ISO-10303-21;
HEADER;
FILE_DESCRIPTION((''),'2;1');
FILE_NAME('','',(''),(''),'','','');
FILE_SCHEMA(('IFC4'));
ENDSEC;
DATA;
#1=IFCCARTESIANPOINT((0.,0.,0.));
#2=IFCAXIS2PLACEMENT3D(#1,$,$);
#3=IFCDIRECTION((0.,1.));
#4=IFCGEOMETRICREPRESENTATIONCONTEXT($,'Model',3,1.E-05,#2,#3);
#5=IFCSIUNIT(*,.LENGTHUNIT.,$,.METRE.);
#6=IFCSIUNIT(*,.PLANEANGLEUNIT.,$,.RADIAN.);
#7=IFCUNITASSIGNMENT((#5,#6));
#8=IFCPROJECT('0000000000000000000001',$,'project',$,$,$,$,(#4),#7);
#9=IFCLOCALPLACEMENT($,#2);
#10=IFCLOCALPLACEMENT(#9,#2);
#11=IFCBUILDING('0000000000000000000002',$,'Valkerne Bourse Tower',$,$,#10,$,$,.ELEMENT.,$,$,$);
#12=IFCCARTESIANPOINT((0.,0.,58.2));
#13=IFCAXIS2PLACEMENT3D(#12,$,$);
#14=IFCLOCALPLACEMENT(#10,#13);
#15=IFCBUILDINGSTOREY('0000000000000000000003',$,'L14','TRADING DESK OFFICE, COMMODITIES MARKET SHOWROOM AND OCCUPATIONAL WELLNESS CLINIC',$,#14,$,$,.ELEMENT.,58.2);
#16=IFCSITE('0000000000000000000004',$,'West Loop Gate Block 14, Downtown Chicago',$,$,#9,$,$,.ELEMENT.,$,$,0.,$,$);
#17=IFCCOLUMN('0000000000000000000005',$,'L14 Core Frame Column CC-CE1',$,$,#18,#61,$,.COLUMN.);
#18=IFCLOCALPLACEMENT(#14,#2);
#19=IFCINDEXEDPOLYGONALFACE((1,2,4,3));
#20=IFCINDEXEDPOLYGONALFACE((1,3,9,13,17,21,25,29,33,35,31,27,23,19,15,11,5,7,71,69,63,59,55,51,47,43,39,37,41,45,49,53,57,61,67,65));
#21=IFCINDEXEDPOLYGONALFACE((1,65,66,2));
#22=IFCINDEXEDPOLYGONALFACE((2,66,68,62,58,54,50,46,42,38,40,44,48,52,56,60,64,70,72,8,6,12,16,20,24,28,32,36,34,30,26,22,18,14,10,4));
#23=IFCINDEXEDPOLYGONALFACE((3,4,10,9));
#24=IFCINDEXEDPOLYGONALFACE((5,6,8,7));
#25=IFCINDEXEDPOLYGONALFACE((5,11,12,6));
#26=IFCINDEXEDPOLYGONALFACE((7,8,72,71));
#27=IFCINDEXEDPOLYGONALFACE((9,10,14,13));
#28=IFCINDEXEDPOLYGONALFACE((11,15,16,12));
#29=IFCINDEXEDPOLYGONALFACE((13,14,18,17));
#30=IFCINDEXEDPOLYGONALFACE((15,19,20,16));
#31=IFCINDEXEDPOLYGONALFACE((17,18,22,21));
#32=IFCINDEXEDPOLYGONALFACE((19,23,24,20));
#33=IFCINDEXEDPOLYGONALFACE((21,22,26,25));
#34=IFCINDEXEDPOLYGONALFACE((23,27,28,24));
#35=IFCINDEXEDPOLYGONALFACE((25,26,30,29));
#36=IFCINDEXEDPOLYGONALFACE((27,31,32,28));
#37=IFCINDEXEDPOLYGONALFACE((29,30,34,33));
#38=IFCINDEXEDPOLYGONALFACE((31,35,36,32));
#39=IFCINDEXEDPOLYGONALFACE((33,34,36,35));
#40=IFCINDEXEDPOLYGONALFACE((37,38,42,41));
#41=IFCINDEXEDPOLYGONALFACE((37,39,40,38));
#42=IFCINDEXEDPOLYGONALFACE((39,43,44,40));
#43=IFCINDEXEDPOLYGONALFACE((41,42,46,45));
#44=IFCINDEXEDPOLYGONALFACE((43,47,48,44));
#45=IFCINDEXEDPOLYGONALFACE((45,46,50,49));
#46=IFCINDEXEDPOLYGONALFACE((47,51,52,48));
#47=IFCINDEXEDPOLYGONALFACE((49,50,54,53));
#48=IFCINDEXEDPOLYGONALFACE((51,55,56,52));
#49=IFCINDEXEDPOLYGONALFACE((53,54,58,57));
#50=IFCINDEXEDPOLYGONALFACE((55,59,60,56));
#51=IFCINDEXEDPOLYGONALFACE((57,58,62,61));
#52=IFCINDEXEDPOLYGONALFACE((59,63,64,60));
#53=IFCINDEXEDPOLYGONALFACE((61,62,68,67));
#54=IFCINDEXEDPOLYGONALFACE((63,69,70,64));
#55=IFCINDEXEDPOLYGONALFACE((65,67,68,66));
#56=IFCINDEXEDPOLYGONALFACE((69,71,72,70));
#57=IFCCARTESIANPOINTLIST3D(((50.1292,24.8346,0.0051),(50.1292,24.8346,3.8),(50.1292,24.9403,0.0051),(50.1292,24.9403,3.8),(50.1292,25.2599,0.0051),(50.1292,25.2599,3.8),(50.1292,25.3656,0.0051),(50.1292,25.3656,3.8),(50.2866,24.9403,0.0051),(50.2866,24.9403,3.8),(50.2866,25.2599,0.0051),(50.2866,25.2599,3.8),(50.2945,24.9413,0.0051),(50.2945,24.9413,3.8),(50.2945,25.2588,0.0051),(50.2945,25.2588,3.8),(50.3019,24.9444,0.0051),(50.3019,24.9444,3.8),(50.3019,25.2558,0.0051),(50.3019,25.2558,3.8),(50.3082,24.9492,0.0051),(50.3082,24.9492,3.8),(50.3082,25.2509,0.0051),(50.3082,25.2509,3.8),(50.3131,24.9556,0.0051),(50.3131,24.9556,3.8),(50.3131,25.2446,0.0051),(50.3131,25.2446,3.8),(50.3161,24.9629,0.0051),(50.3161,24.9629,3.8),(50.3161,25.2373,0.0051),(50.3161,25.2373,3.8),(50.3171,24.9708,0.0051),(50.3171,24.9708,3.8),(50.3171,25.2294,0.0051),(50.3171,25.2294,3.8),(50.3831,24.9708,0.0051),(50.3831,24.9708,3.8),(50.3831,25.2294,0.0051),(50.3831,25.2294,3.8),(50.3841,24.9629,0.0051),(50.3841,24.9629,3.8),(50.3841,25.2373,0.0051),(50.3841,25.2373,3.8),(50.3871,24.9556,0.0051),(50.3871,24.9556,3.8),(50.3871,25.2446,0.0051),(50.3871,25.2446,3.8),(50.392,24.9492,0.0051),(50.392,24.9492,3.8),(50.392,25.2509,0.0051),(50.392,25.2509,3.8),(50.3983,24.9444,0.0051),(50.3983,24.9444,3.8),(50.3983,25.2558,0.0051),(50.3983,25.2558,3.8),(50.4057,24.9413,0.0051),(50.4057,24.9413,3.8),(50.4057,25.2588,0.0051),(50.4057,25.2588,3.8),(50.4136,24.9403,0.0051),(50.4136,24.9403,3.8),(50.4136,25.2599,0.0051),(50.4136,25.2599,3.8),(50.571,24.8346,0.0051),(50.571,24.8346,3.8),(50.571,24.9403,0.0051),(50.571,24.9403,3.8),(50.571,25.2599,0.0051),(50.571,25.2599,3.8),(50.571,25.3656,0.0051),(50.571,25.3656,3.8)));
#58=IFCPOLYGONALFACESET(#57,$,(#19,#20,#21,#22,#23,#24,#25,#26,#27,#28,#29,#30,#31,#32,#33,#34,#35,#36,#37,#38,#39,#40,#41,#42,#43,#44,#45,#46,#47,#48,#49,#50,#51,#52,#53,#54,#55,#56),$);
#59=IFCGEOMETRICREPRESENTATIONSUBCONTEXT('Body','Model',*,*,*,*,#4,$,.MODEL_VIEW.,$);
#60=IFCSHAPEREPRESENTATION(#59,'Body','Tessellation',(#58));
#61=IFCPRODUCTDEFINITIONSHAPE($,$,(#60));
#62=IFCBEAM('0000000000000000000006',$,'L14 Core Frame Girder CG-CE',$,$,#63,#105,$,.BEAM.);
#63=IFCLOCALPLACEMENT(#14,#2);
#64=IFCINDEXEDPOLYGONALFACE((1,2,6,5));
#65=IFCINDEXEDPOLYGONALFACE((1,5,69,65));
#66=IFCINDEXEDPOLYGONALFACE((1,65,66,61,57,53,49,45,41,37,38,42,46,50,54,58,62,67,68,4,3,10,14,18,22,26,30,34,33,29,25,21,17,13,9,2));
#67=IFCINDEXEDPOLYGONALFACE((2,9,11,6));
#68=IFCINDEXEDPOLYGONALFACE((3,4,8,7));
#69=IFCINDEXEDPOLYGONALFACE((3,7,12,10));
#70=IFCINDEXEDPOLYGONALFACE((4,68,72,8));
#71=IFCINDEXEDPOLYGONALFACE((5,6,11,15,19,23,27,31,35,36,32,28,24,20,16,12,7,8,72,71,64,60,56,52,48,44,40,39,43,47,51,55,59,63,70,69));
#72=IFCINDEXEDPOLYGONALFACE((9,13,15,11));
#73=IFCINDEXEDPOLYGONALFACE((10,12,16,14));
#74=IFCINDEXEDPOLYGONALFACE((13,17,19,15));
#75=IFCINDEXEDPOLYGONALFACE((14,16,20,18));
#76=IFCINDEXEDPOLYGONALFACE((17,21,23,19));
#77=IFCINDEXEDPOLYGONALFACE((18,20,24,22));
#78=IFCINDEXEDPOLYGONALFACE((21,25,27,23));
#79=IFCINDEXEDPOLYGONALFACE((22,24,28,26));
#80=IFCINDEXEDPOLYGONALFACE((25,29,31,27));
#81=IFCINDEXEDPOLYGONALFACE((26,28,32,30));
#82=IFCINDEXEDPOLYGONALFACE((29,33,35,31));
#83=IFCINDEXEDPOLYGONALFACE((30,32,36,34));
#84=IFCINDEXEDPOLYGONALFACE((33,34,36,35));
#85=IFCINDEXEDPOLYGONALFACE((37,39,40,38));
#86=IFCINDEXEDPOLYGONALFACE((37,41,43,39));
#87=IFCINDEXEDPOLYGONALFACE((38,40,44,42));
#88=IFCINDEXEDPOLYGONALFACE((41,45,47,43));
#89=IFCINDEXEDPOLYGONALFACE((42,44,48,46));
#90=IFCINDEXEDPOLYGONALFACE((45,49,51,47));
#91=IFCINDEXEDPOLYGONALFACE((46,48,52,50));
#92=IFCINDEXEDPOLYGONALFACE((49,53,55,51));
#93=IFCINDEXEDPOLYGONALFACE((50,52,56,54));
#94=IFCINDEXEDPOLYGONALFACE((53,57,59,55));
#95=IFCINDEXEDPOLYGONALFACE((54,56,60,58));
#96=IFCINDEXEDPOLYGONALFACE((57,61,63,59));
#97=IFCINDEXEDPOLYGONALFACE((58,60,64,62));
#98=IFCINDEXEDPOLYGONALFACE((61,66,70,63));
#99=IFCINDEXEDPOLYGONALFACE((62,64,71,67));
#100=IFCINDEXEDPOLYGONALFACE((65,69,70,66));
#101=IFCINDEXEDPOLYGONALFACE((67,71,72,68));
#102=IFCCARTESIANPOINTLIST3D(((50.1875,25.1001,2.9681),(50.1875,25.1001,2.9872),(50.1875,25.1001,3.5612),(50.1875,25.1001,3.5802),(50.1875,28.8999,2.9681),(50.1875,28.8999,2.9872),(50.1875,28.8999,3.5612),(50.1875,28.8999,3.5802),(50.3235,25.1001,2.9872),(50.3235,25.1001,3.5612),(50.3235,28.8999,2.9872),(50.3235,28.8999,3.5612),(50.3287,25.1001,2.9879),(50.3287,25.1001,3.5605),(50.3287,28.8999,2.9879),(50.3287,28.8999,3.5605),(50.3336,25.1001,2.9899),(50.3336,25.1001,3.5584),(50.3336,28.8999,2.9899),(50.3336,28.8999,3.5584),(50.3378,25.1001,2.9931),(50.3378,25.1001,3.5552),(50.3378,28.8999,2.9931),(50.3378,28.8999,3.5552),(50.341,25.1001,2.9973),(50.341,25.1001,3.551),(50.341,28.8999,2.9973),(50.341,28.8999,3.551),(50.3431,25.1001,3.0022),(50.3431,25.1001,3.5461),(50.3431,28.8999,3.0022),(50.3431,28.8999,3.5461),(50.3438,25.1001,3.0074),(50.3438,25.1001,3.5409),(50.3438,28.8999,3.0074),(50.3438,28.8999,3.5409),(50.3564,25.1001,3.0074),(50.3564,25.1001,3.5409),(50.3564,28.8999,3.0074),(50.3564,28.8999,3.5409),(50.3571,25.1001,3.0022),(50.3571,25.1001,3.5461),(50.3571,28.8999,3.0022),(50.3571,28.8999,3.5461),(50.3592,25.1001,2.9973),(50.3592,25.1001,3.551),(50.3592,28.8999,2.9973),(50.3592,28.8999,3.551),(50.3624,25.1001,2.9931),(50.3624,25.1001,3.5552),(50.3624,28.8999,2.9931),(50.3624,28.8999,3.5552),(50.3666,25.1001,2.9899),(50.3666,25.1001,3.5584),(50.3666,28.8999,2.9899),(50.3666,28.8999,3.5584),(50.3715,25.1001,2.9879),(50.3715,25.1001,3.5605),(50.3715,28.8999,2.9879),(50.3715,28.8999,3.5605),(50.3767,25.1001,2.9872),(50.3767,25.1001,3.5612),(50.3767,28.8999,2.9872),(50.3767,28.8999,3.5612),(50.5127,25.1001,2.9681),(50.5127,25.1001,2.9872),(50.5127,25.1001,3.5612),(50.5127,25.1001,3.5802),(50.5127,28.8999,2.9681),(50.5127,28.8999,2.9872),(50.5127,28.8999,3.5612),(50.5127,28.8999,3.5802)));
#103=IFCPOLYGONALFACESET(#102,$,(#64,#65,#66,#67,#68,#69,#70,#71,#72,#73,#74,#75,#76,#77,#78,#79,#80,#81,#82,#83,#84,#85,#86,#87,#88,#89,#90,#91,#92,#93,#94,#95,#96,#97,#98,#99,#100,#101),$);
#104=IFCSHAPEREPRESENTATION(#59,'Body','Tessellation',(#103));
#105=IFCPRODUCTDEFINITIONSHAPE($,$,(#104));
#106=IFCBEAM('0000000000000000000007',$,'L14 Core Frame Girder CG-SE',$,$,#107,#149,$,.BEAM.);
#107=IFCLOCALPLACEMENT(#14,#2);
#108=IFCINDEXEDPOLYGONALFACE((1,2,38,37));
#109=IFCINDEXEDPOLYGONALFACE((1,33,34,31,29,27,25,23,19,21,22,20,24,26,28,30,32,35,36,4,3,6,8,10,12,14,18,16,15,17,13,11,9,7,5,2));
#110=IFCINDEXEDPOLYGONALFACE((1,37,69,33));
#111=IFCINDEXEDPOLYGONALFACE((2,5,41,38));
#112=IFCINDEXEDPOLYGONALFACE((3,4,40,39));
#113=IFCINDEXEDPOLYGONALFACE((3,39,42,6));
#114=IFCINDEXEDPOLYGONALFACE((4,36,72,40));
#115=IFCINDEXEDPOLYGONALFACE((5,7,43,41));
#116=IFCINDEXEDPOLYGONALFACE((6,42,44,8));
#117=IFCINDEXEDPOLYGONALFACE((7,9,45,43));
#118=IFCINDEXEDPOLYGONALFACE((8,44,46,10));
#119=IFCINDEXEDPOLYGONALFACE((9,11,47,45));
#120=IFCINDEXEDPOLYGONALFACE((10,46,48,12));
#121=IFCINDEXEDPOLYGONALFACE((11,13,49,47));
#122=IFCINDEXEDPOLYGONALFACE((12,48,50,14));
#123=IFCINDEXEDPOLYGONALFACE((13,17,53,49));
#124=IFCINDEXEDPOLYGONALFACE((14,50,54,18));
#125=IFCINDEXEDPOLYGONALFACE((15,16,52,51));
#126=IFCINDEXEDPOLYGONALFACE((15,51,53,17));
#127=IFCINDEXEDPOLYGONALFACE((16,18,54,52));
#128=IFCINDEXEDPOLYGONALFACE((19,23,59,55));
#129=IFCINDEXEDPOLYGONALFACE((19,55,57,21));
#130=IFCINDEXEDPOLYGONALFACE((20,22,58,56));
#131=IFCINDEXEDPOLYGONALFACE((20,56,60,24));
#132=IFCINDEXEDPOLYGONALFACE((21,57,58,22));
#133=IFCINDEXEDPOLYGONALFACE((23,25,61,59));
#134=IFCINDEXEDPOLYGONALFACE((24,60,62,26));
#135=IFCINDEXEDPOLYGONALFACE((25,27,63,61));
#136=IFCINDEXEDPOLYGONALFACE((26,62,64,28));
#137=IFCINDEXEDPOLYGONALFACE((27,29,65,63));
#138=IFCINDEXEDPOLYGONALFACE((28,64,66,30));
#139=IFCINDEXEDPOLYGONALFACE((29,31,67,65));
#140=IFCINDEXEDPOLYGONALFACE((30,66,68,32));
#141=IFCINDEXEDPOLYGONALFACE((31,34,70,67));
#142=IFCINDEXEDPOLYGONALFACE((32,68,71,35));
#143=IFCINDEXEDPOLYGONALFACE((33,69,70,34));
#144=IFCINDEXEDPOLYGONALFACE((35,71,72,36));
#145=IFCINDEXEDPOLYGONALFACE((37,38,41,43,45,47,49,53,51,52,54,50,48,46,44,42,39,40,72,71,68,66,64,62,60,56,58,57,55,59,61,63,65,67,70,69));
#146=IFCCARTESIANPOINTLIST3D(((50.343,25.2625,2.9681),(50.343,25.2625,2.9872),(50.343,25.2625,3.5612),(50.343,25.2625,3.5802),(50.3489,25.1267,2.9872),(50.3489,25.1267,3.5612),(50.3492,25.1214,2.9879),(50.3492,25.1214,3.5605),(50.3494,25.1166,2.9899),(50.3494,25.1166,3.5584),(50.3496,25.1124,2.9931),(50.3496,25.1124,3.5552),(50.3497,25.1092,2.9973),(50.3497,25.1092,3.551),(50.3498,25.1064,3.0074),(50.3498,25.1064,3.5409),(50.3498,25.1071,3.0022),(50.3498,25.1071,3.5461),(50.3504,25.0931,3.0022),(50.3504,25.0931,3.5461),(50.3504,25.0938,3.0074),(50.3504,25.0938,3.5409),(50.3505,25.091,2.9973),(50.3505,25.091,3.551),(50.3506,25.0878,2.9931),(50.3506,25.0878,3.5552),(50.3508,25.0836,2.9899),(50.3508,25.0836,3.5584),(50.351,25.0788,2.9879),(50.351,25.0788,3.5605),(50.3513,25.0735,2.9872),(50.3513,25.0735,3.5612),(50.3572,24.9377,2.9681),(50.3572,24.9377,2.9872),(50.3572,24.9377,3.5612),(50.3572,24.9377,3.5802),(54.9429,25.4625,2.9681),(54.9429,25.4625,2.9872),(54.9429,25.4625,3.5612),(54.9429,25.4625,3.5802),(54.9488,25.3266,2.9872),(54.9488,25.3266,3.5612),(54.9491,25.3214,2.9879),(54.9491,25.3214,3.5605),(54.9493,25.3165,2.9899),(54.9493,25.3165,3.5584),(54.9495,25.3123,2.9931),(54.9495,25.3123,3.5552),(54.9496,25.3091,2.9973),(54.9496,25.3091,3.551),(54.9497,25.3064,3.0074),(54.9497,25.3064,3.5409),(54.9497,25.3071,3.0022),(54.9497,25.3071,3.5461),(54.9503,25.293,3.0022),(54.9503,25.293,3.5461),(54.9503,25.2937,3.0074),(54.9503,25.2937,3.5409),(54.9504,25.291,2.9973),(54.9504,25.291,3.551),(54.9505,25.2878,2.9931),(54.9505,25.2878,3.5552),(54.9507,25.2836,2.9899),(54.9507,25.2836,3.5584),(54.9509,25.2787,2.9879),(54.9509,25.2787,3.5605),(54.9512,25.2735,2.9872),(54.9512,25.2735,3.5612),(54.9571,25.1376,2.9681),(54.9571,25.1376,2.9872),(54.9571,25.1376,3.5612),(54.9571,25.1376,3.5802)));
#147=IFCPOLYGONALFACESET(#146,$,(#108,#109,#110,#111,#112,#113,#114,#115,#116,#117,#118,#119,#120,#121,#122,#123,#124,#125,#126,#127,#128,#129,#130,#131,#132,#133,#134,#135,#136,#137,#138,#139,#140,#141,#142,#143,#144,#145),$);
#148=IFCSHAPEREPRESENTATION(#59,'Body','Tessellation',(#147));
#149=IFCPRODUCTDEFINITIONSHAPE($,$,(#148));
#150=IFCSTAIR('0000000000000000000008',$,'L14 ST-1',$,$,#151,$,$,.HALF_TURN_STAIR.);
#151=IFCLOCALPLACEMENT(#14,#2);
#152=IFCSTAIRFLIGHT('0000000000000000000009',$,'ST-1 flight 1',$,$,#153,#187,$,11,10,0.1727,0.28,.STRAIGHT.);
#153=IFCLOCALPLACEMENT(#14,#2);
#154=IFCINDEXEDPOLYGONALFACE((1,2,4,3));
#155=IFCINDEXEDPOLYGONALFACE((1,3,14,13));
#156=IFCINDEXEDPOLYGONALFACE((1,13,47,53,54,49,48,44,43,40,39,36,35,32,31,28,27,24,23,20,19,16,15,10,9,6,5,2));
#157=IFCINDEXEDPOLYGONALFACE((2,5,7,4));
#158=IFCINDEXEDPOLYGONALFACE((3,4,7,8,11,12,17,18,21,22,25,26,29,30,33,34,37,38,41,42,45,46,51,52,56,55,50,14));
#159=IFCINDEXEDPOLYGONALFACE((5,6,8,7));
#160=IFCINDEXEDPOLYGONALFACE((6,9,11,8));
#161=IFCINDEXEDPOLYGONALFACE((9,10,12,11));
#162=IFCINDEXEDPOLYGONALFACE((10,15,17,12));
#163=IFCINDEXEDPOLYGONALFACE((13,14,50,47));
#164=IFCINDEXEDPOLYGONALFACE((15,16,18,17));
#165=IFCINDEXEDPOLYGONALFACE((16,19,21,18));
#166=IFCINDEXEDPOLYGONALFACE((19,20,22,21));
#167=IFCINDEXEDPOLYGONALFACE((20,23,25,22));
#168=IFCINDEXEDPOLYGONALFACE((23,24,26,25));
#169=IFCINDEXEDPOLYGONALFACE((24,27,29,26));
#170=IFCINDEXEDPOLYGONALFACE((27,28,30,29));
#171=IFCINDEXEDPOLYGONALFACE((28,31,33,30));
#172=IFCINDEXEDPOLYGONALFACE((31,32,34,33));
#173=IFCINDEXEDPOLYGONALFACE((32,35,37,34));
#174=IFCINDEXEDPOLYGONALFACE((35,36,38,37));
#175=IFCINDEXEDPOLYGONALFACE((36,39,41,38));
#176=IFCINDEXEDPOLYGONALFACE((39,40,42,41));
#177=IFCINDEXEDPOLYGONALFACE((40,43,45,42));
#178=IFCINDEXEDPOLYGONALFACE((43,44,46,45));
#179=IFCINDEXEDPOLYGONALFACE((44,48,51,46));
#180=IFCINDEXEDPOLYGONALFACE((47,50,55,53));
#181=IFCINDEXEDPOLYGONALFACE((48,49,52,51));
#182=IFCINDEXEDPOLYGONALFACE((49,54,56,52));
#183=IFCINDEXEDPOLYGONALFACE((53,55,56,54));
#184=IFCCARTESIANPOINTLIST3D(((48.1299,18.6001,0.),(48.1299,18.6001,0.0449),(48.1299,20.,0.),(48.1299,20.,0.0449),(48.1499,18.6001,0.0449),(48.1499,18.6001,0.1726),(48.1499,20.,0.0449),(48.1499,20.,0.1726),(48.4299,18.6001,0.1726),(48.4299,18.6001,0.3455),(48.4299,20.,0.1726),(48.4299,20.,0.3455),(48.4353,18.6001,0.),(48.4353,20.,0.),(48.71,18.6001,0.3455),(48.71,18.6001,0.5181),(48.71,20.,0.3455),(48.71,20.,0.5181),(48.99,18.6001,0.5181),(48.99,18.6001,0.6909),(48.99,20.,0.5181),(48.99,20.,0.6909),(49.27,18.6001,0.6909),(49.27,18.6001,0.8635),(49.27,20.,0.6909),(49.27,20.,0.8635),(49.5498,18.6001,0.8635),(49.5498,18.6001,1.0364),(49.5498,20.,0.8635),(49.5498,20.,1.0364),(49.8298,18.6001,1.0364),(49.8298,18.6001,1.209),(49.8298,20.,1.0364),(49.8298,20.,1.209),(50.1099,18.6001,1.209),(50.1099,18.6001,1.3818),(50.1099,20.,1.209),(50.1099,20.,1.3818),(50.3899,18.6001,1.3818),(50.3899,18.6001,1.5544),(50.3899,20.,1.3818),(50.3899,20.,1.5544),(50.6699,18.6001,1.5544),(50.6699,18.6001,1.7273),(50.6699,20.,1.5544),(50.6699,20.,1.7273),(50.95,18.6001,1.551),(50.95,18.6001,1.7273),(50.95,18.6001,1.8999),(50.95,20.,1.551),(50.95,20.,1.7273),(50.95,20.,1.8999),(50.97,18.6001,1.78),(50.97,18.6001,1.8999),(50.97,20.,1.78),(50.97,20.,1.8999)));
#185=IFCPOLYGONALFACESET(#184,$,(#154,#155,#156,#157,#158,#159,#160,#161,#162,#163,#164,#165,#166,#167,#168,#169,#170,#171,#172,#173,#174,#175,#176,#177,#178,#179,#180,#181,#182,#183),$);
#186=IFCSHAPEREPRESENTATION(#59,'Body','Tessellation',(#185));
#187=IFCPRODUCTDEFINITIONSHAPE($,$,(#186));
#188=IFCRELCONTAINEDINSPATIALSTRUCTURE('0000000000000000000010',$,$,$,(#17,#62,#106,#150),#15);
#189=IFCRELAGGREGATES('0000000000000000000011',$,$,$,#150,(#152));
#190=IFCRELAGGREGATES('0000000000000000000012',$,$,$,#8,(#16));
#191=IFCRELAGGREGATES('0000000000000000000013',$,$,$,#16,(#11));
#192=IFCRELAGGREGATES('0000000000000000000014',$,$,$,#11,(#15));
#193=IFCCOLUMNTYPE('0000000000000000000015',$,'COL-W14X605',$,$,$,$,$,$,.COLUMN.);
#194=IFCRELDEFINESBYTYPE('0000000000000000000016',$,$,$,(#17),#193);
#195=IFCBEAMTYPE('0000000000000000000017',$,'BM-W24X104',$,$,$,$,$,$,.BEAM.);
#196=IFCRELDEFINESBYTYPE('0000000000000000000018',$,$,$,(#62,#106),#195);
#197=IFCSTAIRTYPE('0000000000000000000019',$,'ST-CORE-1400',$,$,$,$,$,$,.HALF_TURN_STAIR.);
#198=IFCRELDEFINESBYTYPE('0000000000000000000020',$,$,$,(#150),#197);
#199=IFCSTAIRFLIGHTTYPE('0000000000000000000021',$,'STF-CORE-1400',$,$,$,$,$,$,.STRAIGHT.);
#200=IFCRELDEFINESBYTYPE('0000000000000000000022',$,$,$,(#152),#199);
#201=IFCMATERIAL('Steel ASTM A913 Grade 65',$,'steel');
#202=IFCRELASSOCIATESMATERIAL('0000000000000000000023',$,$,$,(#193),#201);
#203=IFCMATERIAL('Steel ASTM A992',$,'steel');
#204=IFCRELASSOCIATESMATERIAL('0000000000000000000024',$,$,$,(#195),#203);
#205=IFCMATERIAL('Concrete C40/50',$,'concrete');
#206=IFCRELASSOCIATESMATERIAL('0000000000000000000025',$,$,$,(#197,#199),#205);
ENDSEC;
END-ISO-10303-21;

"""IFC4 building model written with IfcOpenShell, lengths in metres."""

from ifc_helpers import new_model, si_unit, direction, frame, origin, origin_2d, place, context, subcontext, project, spatial, polyline, i_section, outline, extrude, material, material_profile, profile_set, type_object, element, aggregate, save


model = new_model("IFC4")

# Units and contexts
model_context = context("Model", 3, precision=1e-05, world=origin(), true_north=direction((0.0, 1.0)))
body_context = subcontext(model_context, "Body", "Model", "MODEL_VIEW")
ifc_project = project(units=[si_unit("LENGTHUNIT", "METRE"), si_unit("PLANEANGLEUNIT", "RADIAN")], contexts=[model_context])

# Site, building, storey
site_placement = place(None, origin())
site = spatial("IfcSite", under=ifc_project, at=site_placement, Name="West Loop Gate Block 14, Downtown Chicago", CompositionType="ELEMENT", RefElevation=0.0)
building_placement = place(site_placement, origin())
building = spatial("IfcBuilding", under=site, at=building_placement, Name="Valkerne Bourse Tower", CompositionType="ELEMENT")
storey_placement = place(building_placement, frame((0.0, 0.0, 58.2)))
storey = spatial("IfcBuildingStorey", under=building, at=storey_placement, Name="L14", Description="TRADING DESK OFFICE, COMMODITIES MARKET SHOWROOM AND OCCUPATIONAL WELLNESS CLINIC", CompositionType="ELEMENT", Elevation=58.2)

# Column
ifc_material_1 = material(Name="Steel ASTM A913 Grade 65", Category="steel")
ifc_material_profile_1 = material_profile(ifc_material_1, i_section(OverallWidth=0.4419, OverallDepth=0.531, WebThickness=0.0659, FlangeThickness=0.1057, FilletRadius=0.0305, at=origin_2d()), Name="W14X605")
ifc_profile_set_1 = profile_set([ifc_material_profile_1], Name="Steel ASTM A913 Grade 65")
column_type = type_object("IfcColumnType", Name="COL-W14X605", PredefinedType="COLUMN", material=ifc_profile_set_1)
column_placement = place(storey_placement, frame((50.3501, 25.1001, 0.0051), z_axis=(0.0, 0.0, 1.0), x_axis=(1.0, 0.0, 0.0)))
element("IfcColumn", 1, at=column_placement, inside=storey, type_object=column_type, Name="L14 Core Frame Column CC-CE1", PredefinedType="COLUMN", context=body_context, shape_type="SweptSolid", body=[
    extrude(i_section(OverallWidth=0.4419, OverallDepth=0.531, WebThickness=0.0659, FlangeThickness=0.1057, FilletRadius=0.0305, at=origin_2d()), origin(), (0.0, 0.0, 1.0), 3.7949),
])

# Beams
ifc_material_2 = material(Name="Steel ASTM A992", Category="steel")
ifc_material_profile_2 = material_profile(ifc_material_2, i_section(OverallWidth=0.3252, OverallDepth=0.6121, WebThickness=0.0127, FlangeThickness=0.019, FilletRadius=0.0203, at=origin_2d()), Name="W24X104")
ifc_profile_set_2 = profile_set([ifc_material_profile_2], Name="Steel ASTM A992")
beam_type = type_object("IfcBeamType", Name="BM-W24X104", PredefinedType="BEAM", material=ifc_profile_set_2)
beam_1_placement = place(storey_placement, frame((50.3501, 25.1001, 3.2742), z_axis=(0.0, 1.0, 0.0), x_axis=(-1.0, 0.0, 0.0)))
element("IfcBeam", 2, at=beam_1_placement, inside=storey, type_object=beam_type, Name="L14 Core Frame Girder CG-CE", PredefinedType="BEAM", context=body_context, shape_type="SweptSolid", body=[
    extrude(i_section(OverallWidth=0.3252, OverallDepth=0.6121, WebThickness=0.0127, FlangeThickness=0.019, FilletRadius=0.0203, at=origin_2d()), origin(), (0.0, 0.0, 1.0), 3.7998),
])
beam_2_placement = place(storey_placement, frame((50.3501, 25.1001, 3.2742), z_axis=(0.999057, 0.043428, 0.0), x_axis=(-0.043428, 0.999057, 0.0)))
element("IfcBeam", 3, at=beam_2_placement, inside=storey, type_object=beam_type, Name="L14 Core Frame Girder CG-SE", PredefinedType="BEAM", context=body_context, shape_type="SweptSolid", body=[
    extrude(i_section(OverallWidth=0.3252, OverallDepth=0.6121, WebThickness=0.0127, FlangeThickness=0.019, FilletRadius=0.0203, at=origin_2d()), origin(), (0.0, 0.0, 1.0), 4.6042),
])

# Stair, stair flight
ifc_material_3 = material(Name="Concrete C40/50", Category="concrete")
stair_type = type_object("IfcStairType", Name="ST-CORE-1400", PredefinedType="HALF_TURN_STAIR", material=ifc_material_3)
stair_placement = place(storey_placement, origin())
stair = element("IfcStair", 4, at=stair_placement, inside=storey, type_object=stair_type, Name="L14 ST-1", PredefinedType="HALF_TURN_STAIR")
stair_flight_type = type_object("IfcStairFlightType", Name="STF-CORE-1400", PredefinedType="STRAIGHT", material=ifc_material_3)
stair_flight_1_placement = place(storey_placement, frame((48.1499, 19.3, 0.0), z_axis=(0.0, 0.0, 1.0), x_axis=(1.0, 0.0, 0.0)))
stair_flight_1 = element("IfcStairFlight", 5, at=stair_flight_1_placement, type_object=stair_flight_type, Name="ST-1 flight 1", NumberOfRisers=11, NumberOfTreads=10, PredefinedType="STRAIGHT", RiserHeight=0.1727, TreadLength=0.28, context=body_context, shape_type="SweptSolid", body=[
    extrude(outline(polyline([(-0.02, 0.0), (-0.02, 0.0449), (0.0, 0.0449), (0.0, 0.1726), (0.28, 0.1726), (0.28, 0.3455), (0.5601, 0.3455), (0.5601, 0.5181), (0.8401, 0.5181), (0.8401, 0.6909), (1.1201, 0.6909), (1.1201, 0.8635), (1.3999, 0.8635), (1.3999, 1.0364), (1.6799, 1.0364), (1.6799, 1.209), (1.96, 1.209), (1.96, 1.3818), (2.24, 1.3818), (2.24, 1.5544), (2.52, 1.5544), (2.52, 1.7273), (2.8, 1.7273), (2.8, 1.8999), (2.8201, 1.8999), (2.8201, 1.78), (2.8, 1.551), (0.2854, 0.0), (-0.02, 0.0)])), frame((0.0, 0.7, 0.0), z_axis=(0.0, -1.0, 0.0), x_axis=(1.0, 0.0, 0.0)), (0.0, 0.0, 1.0), 1.3999),
])
aggregate(stair, [stair_flight_1])

save(model, "model.ifc")
